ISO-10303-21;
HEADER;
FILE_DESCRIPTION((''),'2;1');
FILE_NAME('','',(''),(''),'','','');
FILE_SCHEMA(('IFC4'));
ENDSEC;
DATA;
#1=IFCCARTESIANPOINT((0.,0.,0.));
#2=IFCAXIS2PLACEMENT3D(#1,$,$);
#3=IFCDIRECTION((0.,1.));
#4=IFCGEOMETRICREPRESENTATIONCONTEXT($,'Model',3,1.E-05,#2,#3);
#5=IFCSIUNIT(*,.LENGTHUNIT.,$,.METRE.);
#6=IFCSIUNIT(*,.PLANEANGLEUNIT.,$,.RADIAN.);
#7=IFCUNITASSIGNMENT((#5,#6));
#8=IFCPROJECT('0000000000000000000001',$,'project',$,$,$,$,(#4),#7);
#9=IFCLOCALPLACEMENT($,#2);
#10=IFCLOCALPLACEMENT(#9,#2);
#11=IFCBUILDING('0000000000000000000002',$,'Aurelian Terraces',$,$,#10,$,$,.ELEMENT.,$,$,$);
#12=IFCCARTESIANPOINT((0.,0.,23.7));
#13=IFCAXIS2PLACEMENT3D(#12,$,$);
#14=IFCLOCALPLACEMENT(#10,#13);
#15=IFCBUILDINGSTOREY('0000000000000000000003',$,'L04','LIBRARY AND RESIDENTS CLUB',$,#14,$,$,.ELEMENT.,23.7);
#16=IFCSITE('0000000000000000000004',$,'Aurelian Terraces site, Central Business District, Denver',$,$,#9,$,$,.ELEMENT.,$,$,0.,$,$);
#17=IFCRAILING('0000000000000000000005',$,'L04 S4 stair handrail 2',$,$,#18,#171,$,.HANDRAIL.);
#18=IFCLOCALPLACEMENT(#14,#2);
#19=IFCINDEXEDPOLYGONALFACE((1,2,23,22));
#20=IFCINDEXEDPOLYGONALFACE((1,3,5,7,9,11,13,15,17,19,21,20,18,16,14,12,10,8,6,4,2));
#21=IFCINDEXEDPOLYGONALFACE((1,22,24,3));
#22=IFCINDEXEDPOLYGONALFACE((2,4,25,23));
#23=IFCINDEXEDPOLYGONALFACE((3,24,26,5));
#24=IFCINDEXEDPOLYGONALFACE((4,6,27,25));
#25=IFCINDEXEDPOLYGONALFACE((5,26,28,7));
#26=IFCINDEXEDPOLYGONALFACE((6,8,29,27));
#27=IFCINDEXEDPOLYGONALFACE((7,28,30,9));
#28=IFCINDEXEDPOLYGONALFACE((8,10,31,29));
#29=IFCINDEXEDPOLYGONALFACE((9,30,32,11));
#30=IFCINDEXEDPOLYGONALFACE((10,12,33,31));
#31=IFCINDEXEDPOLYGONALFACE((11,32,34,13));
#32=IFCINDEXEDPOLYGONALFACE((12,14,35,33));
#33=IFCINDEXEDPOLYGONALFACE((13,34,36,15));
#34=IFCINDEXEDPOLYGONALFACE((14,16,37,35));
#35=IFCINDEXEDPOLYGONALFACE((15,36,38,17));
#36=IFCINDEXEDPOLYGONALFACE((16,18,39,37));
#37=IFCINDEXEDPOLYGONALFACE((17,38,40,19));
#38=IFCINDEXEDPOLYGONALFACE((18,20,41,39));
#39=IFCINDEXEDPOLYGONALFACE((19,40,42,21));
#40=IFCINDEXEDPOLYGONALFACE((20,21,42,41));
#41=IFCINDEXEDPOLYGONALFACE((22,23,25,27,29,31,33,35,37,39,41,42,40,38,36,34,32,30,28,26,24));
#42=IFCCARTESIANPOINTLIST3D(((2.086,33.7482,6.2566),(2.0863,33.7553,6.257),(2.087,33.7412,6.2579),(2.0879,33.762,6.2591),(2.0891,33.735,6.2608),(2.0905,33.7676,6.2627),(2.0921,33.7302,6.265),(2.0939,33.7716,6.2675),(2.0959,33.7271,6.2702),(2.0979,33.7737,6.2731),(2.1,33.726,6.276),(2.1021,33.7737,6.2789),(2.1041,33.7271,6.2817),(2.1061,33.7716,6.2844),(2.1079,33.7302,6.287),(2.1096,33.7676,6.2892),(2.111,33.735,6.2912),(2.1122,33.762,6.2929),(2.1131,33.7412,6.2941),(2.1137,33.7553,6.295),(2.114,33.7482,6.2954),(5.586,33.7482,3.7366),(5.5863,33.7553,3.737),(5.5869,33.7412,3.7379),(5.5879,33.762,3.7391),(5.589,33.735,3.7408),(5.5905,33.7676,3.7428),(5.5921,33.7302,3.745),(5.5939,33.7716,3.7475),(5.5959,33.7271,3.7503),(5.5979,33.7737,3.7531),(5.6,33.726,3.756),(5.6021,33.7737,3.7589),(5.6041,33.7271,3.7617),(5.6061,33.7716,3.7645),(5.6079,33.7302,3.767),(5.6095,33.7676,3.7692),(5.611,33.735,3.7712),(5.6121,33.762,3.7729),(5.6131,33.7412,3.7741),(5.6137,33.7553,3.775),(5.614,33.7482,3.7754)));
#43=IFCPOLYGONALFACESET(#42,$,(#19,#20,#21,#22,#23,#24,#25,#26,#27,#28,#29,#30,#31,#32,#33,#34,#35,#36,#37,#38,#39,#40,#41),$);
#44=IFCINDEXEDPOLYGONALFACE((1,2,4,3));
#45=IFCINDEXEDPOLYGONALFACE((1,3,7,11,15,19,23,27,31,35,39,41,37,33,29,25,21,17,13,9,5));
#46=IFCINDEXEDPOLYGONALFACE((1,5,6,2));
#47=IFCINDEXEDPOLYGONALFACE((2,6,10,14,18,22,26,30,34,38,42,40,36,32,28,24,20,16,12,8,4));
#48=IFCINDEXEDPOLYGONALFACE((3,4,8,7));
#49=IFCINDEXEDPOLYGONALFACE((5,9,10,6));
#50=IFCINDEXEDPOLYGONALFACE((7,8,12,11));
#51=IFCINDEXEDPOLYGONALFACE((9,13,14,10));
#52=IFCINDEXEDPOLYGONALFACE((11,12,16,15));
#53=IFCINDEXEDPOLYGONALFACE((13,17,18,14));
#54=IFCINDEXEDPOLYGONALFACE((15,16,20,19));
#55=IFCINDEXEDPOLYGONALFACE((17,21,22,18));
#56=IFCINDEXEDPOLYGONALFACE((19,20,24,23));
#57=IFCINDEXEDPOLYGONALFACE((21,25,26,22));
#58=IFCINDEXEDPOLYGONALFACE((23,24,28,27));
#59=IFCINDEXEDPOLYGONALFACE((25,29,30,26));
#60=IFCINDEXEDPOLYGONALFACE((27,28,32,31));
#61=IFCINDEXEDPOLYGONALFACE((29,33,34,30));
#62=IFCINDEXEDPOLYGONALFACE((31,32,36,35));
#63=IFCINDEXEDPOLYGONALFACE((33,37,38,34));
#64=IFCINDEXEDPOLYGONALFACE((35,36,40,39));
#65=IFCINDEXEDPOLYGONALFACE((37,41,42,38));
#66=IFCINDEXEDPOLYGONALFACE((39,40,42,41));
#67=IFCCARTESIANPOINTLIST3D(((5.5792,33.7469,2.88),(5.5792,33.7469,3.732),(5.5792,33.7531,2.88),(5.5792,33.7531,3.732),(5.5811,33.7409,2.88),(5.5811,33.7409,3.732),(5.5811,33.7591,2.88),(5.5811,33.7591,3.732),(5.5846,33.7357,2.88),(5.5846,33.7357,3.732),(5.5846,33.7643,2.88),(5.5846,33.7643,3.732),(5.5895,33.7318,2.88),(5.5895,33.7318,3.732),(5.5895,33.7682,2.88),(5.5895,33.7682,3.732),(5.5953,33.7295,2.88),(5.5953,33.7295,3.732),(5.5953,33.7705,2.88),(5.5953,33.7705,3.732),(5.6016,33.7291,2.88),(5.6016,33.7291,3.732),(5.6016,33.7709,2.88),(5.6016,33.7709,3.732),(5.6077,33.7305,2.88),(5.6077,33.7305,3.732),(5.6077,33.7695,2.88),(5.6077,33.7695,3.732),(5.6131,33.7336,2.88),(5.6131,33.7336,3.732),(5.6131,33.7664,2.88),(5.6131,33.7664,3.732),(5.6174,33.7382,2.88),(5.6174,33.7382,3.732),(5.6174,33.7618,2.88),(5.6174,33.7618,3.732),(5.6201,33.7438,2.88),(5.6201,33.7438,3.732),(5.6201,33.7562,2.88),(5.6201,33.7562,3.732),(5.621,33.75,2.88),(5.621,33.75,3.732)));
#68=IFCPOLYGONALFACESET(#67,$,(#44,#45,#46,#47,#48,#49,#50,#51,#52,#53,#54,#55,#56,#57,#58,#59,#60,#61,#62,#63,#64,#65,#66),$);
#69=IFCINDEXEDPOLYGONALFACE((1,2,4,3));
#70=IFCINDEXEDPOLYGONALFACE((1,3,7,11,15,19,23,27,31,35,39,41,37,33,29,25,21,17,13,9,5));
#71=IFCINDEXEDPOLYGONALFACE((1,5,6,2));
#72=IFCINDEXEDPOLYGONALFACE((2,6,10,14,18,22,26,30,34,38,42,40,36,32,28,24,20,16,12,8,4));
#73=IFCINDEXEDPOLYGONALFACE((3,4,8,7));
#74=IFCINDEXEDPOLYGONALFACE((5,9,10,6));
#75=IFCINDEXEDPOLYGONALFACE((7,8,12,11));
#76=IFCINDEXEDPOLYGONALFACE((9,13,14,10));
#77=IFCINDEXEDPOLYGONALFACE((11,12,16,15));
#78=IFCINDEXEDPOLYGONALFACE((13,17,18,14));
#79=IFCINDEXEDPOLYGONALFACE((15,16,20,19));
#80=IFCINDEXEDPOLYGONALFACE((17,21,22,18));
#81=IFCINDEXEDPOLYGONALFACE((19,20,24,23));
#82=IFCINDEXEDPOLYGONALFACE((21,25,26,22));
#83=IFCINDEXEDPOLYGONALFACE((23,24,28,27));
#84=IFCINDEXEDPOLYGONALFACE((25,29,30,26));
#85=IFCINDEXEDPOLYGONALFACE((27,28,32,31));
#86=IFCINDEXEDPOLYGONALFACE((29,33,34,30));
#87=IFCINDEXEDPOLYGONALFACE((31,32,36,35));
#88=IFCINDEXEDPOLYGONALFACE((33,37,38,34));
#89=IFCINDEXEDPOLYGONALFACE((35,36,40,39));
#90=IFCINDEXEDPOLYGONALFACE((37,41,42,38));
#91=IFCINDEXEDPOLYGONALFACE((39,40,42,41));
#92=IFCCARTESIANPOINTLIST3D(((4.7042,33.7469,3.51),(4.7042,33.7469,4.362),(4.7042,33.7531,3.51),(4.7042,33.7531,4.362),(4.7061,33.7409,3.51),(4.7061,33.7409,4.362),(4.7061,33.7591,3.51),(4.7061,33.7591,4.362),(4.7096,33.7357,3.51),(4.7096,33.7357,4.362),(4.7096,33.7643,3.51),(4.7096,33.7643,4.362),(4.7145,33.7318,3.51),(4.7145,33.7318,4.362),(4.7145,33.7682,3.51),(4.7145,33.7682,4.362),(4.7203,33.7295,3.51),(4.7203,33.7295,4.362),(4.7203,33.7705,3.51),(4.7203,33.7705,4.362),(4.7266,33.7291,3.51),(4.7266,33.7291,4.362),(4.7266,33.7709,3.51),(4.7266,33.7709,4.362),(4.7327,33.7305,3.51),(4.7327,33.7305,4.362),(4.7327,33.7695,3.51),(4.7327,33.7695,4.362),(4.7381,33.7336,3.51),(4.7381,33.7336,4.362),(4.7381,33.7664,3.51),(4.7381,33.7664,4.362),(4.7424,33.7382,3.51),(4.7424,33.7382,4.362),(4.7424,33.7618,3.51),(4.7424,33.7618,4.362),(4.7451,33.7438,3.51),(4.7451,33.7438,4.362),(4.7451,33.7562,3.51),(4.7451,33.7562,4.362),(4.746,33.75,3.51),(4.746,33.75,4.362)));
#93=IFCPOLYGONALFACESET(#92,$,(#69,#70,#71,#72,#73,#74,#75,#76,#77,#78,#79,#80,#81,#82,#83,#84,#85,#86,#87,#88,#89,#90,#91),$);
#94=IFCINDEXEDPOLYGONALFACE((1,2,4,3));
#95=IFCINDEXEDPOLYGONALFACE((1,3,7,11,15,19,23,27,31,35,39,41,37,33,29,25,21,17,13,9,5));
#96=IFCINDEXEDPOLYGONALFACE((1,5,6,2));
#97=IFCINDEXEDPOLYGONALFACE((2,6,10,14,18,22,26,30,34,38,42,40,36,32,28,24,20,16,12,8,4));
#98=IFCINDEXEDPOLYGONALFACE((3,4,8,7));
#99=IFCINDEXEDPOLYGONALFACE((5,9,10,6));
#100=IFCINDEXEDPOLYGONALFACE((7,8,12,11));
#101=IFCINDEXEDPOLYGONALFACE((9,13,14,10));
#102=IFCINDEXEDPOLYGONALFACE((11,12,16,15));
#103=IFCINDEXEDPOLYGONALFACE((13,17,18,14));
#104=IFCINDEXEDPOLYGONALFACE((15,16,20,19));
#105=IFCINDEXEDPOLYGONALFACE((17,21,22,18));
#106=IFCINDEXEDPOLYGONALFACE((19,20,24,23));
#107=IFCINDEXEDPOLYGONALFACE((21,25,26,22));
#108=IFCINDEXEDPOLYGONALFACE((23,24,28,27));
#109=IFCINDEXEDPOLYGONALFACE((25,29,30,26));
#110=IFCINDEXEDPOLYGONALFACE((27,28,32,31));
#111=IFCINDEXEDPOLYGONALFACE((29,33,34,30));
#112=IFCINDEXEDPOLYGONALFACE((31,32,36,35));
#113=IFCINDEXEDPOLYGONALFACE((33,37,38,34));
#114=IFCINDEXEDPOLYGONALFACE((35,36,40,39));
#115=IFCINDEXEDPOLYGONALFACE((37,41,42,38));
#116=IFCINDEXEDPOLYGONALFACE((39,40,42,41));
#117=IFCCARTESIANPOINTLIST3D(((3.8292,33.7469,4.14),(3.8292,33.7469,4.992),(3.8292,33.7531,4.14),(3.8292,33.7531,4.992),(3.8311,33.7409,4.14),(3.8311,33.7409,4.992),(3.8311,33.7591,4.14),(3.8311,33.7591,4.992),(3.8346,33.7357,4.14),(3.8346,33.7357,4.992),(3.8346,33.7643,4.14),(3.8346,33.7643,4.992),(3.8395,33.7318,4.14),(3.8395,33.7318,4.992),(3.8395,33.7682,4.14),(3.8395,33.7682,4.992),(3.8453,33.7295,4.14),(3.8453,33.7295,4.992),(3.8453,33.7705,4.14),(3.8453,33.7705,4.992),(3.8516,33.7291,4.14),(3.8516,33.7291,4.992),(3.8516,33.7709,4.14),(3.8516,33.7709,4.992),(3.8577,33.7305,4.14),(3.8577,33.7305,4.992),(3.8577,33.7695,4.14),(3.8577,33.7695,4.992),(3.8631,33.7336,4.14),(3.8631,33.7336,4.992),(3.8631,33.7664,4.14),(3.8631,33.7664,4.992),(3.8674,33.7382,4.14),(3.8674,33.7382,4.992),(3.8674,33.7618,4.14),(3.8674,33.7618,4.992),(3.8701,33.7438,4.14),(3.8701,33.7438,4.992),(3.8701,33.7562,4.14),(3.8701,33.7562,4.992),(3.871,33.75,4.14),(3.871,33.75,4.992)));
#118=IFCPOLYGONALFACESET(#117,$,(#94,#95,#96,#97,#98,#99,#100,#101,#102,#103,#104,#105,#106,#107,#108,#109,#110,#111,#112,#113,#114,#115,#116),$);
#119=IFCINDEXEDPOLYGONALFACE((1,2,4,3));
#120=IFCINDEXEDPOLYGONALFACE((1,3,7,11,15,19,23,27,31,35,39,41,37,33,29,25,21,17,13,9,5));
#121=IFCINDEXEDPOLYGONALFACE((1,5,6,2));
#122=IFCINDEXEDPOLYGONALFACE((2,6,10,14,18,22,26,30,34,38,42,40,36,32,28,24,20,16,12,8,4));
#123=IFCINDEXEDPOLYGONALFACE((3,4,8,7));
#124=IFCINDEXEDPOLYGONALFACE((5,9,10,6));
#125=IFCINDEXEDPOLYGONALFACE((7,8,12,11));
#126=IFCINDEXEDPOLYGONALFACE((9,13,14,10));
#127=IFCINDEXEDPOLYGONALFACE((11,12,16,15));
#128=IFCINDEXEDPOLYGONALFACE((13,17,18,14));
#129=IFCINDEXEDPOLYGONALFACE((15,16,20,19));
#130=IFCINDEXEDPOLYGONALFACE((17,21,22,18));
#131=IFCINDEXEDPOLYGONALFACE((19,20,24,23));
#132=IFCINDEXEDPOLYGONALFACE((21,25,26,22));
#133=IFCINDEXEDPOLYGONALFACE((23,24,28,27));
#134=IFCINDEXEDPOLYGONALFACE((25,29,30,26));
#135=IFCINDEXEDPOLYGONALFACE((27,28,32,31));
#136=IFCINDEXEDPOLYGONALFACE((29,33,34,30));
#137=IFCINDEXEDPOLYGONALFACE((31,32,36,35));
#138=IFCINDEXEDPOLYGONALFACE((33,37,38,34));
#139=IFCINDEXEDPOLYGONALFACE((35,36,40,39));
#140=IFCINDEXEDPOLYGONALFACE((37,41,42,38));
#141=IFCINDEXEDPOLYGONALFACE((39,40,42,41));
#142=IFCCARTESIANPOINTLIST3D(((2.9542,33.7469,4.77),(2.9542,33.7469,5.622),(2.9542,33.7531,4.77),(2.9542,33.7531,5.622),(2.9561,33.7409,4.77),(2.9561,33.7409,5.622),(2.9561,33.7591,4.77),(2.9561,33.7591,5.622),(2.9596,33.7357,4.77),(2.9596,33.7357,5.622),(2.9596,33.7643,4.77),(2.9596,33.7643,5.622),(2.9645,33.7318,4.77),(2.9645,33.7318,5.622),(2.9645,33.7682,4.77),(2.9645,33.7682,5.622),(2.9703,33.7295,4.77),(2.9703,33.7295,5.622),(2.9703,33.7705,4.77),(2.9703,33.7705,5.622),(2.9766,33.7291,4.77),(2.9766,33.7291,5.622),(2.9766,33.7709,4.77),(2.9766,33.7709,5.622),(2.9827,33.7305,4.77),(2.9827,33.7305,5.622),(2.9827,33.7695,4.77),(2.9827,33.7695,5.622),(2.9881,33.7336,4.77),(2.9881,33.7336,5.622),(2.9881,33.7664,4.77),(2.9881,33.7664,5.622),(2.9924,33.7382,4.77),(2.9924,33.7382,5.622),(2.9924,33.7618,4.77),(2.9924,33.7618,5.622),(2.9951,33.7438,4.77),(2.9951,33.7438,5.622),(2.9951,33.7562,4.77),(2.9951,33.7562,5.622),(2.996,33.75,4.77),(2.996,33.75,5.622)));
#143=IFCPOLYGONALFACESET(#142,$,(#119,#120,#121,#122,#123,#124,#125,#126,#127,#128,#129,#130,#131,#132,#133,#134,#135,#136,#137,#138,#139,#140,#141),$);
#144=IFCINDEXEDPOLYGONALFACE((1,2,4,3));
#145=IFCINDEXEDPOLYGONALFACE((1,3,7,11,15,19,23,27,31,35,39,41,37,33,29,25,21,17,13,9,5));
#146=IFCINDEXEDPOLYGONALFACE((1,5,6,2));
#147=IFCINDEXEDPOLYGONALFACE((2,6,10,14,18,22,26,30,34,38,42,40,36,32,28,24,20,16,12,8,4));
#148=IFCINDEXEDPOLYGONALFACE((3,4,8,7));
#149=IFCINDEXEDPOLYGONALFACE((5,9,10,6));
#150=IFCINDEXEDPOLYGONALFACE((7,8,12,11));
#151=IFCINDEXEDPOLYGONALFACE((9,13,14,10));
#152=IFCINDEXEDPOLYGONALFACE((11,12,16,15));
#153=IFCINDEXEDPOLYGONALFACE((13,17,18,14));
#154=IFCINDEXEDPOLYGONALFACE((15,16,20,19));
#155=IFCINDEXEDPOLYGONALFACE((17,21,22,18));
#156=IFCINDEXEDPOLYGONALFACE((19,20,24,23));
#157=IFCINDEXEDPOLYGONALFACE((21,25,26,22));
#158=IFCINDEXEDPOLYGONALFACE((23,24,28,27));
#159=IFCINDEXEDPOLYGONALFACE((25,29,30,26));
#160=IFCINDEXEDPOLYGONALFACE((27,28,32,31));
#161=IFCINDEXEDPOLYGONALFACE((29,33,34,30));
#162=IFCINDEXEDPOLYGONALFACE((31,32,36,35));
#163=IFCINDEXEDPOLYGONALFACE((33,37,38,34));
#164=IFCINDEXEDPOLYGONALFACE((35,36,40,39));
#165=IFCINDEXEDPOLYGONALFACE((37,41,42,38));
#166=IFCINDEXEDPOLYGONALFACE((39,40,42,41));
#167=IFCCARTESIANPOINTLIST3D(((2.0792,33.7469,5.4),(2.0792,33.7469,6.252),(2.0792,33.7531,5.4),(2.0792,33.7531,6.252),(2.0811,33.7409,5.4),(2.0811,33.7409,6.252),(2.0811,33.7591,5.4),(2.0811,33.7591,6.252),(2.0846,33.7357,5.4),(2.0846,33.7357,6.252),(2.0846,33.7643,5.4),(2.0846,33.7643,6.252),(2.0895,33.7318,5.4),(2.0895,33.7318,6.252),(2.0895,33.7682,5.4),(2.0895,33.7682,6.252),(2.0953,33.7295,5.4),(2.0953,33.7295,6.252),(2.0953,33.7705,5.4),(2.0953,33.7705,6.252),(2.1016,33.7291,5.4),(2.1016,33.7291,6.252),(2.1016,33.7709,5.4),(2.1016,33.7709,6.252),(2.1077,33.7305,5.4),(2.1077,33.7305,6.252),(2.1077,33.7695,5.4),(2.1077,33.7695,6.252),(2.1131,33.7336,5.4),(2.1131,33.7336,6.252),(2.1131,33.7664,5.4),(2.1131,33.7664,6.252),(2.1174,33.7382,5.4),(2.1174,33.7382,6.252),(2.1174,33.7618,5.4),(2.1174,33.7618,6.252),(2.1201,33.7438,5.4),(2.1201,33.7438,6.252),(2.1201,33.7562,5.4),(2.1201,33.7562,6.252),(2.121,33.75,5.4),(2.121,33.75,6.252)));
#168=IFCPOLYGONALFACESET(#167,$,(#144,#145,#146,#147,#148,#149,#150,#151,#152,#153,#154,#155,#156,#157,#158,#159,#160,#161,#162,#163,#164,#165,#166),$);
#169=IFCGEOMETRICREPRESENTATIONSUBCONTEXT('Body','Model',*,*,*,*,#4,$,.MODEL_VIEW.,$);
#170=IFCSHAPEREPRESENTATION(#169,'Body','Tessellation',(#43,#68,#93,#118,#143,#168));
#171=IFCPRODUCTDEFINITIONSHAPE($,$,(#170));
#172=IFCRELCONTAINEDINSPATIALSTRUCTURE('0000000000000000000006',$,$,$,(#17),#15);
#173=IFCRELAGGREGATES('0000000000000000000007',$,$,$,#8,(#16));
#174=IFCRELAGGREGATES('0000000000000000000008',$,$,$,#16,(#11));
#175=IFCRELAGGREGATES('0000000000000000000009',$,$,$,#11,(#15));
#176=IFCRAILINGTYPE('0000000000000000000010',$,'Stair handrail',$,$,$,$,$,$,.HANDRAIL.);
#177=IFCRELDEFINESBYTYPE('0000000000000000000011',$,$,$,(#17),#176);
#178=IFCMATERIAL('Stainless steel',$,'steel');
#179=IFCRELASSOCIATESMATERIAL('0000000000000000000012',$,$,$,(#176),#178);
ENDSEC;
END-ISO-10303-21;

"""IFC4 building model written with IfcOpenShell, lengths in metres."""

from ifc_helpers import new_model, si_unit, direction, frame, origin, origin_2d, place, context, subcontext, project, spatial, circle, extrude, source, transform, mapped, material, type_object, element, save


model = new_model("IFC4")

# Units and contexts
model_context = context("Model", 3, precision=1e-05, world=origin(), true_north=direction((0.0, 1.0)))
body_context = subcontext(model_context, "Body", "Model", "MODEL_VIEW")
ifc_project = project(units=[si_unit("LENGTHUNIT", "METRE"), si_unit("PLANEANGLEUNIT", "RADIAN")], contexts=[model_context])

# Site, building, storey
site_placement = place(None, origin())
site = spatial("IfcSite", under=ifc_project, at=site_placement, Name="Aurelian Terraces site, Central Business District, Denver", CompositionType="ELEMENT", RefElevation=0.0)
building_placement = place(site_placement, origin())
building = spatial("IfcBuilding", under=site, at=building_placement, Name="Aurelian Terraces", CompositionType="ELEMENT")
storey_placement = place(building_placement, frame((0.0, 0.0, 23.7)))
storey = spatial("IfcBuildingStorey", under=building, at=storey_placement, Name="L04", Description="LIBRARY AND RESIDENTS CLUB", CompositionType="ELEMENT", Elevation=23.7)

# Railing
ifc_material_1 = material(Name="Stainless steel", Category="steel")
railing_type_1 = type_object("IfcRailingType", Name="Stair handrail", PredefinedType="HANDRAIL", material=ifc_material_1)
shared_shape_1 = source(origin(), body_context, "Body", "SweptSolid", [
    extrude(circle(Radius=0.024, at=origin_2d()), frame((0.0, 0.0, 0.876), z_axis=(-0.811534, 0.0, 0.584305), x_axis=(0.0, -1.0, 0.0)), (0.0, 0.0, 1.0), 4.3128),
    extrude(circle(Radius=0.021, at=origin_2d()), origin(), (0.0, 0.0, 1.0), 0.852),
    extrude(circle(Radius=0.021, at=origin_2d()), frame((-0.875, 0.0, 0.63)), (0.0, 0.0, 1.0), 0.852),
    extrude(circle(Radius=0.021, at=origin_2d()), frame((-1.75, 0.0, 1.26)), (0.0, 0.0, 1.0), 0.852),
    extrude(circle(Radius=0.021, at=origin_2d()), frame((-2.625, 0.0, 1.89)), (0.0, 0.0, 1.0), 0.852),
    extrude(circle(Radius=0.021, at=origin_2d()), frame((-3.5, 0.0, 2.52)), (0.0, 0.0, 1.0), 0.852),
])
railing_1_placement = place(storey_placement, frame((5.6, 33.75, 2.88)))
element("IfcRailing", 1, at=railing_1_placement, inside=storey, type_object=railing_type_1, Name="L04 S4 stair handrail 2", PredefinedType="HANDRAIL", context=body_context, shape_type="MappedRepresentation", body=[
    mapped(shared_shape_1, transform((0.0, 0.0, 0.0), scale=1.0)),
])

save(model, "model.ifc")
